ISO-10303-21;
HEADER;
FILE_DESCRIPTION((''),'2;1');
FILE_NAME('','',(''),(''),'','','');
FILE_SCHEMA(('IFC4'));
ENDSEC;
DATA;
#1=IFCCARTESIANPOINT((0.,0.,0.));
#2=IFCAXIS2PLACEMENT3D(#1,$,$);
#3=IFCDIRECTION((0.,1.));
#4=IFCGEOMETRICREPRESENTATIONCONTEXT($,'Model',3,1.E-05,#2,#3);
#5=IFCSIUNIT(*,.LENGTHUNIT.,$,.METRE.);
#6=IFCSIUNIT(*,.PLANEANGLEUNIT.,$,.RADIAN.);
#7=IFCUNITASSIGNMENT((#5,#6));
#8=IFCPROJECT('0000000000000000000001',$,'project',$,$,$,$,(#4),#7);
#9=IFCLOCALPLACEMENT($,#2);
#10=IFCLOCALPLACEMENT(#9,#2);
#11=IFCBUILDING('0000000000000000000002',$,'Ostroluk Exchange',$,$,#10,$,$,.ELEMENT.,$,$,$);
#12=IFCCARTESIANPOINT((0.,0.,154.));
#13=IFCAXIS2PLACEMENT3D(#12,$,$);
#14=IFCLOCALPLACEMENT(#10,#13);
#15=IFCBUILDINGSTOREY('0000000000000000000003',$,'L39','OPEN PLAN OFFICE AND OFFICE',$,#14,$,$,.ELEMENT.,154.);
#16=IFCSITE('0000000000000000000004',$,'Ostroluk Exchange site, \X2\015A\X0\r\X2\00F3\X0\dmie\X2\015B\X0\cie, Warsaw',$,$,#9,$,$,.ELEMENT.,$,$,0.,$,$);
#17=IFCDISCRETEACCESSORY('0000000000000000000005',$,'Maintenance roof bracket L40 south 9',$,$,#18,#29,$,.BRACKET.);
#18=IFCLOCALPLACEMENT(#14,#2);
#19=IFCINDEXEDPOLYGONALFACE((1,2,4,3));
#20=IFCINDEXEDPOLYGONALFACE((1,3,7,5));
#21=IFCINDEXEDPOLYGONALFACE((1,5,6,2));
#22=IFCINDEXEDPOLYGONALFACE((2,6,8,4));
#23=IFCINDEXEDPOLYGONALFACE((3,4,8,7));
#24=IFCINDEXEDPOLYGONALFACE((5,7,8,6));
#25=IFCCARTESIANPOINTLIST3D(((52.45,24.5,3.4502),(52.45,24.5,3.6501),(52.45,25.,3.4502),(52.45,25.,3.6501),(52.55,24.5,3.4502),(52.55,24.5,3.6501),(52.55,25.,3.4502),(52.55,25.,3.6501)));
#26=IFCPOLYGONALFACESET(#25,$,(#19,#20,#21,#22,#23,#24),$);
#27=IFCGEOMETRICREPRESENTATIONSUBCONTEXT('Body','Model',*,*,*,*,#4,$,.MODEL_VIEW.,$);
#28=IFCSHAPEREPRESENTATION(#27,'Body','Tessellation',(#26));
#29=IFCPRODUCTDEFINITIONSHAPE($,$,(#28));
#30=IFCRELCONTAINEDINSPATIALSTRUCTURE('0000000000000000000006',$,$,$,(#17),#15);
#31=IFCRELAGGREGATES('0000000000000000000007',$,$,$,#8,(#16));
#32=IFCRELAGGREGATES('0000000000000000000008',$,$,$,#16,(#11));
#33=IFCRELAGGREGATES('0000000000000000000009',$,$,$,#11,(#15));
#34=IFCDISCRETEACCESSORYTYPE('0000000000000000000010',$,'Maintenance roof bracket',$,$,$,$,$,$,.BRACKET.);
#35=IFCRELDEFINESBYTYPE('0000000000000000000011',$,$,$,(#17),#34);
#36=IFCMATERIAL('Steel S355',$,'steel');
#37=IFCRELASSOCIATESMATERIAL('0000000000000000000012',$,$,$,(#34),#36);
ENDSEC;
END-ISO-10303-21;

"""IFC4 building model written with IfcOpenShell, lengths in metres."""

from ifc_helpers import new_model, si_unit, direction, frame, origin, origin_2d, place, context, subcontext, project, spatial, rectangle, extrude, material, type_object, element, save


model = new_model("IFC4")

# Units and contexts
model_context = context("Model", 3, precision=1e-05, world=origin(), true_north=direction((0.0, 1.0)))
body_context = subcontext(model_context, "Body", "Model", "MODEL_VIEW")
ifc_project = project(units=[si_unit("LENGTHUNIT", "METRE"), si_unit("PLANEANGLEUNIT", "RADIAN")], contexts=[model_context])

# Site, building, storey
site_placement = place(None, origin())
site = spatial("IfcSite", under=ifc_project, at=site_placement, Name="Ostroluk Exchange site, Śródmieście, Warsaw", CompositionType="ELEMENT", RefElevation=0.0)
building_placement = place(site_placement, origin())
building = spatial("IfcBuilding", under=site, at=building_placement, Name="Ostroluk Exchange", CompositionType="ELEMENT")
storey_placement = place(building_placement, frame((0.0, 0.0, 154.0)))
storey = spatial("IfcBuildingStorey", under=building, at=storey_placement, Name="L39", Description="OPEN PLAN OFFICE AND OFFICE", CompositionType="ELEMENT", Elevation=154.0)

# Discrete accessory
ifc_material_1 = material(Name="Steel S355", Category="steel")
discrete_accessory_type = type_object("IfcDiscreteAccessoryType", Name="Maintenance roof bracket", PredefinedType="BRACKET", material=ifc_material_1)
for number, where, z_axis, x_axis, name in (
    (1, (52.5, 24.75, 3.4502), (0.0, 0.0, 1.0), (1.0, 0.0, 0.0), "Maintenance roof bracket L40 south 9"),
):
    element("IfcDiscreteAccessory", number, at=place(storey_placement, frame(where, z_axis=z_axis, x_axis=x_axis)), inside=storey, type_object=discrete_accessory_type, Name=name, PredefinedType="BRACKET", context=body_context, shape_type="SweptSolid", body=[
        extrude(rectangle(XDim=0.1001, YDim=0.5, at=origin_2d()), origin(), (0.0, 0.0, 1.0), 0.2),
    ])

save(model, "model.ifc")
